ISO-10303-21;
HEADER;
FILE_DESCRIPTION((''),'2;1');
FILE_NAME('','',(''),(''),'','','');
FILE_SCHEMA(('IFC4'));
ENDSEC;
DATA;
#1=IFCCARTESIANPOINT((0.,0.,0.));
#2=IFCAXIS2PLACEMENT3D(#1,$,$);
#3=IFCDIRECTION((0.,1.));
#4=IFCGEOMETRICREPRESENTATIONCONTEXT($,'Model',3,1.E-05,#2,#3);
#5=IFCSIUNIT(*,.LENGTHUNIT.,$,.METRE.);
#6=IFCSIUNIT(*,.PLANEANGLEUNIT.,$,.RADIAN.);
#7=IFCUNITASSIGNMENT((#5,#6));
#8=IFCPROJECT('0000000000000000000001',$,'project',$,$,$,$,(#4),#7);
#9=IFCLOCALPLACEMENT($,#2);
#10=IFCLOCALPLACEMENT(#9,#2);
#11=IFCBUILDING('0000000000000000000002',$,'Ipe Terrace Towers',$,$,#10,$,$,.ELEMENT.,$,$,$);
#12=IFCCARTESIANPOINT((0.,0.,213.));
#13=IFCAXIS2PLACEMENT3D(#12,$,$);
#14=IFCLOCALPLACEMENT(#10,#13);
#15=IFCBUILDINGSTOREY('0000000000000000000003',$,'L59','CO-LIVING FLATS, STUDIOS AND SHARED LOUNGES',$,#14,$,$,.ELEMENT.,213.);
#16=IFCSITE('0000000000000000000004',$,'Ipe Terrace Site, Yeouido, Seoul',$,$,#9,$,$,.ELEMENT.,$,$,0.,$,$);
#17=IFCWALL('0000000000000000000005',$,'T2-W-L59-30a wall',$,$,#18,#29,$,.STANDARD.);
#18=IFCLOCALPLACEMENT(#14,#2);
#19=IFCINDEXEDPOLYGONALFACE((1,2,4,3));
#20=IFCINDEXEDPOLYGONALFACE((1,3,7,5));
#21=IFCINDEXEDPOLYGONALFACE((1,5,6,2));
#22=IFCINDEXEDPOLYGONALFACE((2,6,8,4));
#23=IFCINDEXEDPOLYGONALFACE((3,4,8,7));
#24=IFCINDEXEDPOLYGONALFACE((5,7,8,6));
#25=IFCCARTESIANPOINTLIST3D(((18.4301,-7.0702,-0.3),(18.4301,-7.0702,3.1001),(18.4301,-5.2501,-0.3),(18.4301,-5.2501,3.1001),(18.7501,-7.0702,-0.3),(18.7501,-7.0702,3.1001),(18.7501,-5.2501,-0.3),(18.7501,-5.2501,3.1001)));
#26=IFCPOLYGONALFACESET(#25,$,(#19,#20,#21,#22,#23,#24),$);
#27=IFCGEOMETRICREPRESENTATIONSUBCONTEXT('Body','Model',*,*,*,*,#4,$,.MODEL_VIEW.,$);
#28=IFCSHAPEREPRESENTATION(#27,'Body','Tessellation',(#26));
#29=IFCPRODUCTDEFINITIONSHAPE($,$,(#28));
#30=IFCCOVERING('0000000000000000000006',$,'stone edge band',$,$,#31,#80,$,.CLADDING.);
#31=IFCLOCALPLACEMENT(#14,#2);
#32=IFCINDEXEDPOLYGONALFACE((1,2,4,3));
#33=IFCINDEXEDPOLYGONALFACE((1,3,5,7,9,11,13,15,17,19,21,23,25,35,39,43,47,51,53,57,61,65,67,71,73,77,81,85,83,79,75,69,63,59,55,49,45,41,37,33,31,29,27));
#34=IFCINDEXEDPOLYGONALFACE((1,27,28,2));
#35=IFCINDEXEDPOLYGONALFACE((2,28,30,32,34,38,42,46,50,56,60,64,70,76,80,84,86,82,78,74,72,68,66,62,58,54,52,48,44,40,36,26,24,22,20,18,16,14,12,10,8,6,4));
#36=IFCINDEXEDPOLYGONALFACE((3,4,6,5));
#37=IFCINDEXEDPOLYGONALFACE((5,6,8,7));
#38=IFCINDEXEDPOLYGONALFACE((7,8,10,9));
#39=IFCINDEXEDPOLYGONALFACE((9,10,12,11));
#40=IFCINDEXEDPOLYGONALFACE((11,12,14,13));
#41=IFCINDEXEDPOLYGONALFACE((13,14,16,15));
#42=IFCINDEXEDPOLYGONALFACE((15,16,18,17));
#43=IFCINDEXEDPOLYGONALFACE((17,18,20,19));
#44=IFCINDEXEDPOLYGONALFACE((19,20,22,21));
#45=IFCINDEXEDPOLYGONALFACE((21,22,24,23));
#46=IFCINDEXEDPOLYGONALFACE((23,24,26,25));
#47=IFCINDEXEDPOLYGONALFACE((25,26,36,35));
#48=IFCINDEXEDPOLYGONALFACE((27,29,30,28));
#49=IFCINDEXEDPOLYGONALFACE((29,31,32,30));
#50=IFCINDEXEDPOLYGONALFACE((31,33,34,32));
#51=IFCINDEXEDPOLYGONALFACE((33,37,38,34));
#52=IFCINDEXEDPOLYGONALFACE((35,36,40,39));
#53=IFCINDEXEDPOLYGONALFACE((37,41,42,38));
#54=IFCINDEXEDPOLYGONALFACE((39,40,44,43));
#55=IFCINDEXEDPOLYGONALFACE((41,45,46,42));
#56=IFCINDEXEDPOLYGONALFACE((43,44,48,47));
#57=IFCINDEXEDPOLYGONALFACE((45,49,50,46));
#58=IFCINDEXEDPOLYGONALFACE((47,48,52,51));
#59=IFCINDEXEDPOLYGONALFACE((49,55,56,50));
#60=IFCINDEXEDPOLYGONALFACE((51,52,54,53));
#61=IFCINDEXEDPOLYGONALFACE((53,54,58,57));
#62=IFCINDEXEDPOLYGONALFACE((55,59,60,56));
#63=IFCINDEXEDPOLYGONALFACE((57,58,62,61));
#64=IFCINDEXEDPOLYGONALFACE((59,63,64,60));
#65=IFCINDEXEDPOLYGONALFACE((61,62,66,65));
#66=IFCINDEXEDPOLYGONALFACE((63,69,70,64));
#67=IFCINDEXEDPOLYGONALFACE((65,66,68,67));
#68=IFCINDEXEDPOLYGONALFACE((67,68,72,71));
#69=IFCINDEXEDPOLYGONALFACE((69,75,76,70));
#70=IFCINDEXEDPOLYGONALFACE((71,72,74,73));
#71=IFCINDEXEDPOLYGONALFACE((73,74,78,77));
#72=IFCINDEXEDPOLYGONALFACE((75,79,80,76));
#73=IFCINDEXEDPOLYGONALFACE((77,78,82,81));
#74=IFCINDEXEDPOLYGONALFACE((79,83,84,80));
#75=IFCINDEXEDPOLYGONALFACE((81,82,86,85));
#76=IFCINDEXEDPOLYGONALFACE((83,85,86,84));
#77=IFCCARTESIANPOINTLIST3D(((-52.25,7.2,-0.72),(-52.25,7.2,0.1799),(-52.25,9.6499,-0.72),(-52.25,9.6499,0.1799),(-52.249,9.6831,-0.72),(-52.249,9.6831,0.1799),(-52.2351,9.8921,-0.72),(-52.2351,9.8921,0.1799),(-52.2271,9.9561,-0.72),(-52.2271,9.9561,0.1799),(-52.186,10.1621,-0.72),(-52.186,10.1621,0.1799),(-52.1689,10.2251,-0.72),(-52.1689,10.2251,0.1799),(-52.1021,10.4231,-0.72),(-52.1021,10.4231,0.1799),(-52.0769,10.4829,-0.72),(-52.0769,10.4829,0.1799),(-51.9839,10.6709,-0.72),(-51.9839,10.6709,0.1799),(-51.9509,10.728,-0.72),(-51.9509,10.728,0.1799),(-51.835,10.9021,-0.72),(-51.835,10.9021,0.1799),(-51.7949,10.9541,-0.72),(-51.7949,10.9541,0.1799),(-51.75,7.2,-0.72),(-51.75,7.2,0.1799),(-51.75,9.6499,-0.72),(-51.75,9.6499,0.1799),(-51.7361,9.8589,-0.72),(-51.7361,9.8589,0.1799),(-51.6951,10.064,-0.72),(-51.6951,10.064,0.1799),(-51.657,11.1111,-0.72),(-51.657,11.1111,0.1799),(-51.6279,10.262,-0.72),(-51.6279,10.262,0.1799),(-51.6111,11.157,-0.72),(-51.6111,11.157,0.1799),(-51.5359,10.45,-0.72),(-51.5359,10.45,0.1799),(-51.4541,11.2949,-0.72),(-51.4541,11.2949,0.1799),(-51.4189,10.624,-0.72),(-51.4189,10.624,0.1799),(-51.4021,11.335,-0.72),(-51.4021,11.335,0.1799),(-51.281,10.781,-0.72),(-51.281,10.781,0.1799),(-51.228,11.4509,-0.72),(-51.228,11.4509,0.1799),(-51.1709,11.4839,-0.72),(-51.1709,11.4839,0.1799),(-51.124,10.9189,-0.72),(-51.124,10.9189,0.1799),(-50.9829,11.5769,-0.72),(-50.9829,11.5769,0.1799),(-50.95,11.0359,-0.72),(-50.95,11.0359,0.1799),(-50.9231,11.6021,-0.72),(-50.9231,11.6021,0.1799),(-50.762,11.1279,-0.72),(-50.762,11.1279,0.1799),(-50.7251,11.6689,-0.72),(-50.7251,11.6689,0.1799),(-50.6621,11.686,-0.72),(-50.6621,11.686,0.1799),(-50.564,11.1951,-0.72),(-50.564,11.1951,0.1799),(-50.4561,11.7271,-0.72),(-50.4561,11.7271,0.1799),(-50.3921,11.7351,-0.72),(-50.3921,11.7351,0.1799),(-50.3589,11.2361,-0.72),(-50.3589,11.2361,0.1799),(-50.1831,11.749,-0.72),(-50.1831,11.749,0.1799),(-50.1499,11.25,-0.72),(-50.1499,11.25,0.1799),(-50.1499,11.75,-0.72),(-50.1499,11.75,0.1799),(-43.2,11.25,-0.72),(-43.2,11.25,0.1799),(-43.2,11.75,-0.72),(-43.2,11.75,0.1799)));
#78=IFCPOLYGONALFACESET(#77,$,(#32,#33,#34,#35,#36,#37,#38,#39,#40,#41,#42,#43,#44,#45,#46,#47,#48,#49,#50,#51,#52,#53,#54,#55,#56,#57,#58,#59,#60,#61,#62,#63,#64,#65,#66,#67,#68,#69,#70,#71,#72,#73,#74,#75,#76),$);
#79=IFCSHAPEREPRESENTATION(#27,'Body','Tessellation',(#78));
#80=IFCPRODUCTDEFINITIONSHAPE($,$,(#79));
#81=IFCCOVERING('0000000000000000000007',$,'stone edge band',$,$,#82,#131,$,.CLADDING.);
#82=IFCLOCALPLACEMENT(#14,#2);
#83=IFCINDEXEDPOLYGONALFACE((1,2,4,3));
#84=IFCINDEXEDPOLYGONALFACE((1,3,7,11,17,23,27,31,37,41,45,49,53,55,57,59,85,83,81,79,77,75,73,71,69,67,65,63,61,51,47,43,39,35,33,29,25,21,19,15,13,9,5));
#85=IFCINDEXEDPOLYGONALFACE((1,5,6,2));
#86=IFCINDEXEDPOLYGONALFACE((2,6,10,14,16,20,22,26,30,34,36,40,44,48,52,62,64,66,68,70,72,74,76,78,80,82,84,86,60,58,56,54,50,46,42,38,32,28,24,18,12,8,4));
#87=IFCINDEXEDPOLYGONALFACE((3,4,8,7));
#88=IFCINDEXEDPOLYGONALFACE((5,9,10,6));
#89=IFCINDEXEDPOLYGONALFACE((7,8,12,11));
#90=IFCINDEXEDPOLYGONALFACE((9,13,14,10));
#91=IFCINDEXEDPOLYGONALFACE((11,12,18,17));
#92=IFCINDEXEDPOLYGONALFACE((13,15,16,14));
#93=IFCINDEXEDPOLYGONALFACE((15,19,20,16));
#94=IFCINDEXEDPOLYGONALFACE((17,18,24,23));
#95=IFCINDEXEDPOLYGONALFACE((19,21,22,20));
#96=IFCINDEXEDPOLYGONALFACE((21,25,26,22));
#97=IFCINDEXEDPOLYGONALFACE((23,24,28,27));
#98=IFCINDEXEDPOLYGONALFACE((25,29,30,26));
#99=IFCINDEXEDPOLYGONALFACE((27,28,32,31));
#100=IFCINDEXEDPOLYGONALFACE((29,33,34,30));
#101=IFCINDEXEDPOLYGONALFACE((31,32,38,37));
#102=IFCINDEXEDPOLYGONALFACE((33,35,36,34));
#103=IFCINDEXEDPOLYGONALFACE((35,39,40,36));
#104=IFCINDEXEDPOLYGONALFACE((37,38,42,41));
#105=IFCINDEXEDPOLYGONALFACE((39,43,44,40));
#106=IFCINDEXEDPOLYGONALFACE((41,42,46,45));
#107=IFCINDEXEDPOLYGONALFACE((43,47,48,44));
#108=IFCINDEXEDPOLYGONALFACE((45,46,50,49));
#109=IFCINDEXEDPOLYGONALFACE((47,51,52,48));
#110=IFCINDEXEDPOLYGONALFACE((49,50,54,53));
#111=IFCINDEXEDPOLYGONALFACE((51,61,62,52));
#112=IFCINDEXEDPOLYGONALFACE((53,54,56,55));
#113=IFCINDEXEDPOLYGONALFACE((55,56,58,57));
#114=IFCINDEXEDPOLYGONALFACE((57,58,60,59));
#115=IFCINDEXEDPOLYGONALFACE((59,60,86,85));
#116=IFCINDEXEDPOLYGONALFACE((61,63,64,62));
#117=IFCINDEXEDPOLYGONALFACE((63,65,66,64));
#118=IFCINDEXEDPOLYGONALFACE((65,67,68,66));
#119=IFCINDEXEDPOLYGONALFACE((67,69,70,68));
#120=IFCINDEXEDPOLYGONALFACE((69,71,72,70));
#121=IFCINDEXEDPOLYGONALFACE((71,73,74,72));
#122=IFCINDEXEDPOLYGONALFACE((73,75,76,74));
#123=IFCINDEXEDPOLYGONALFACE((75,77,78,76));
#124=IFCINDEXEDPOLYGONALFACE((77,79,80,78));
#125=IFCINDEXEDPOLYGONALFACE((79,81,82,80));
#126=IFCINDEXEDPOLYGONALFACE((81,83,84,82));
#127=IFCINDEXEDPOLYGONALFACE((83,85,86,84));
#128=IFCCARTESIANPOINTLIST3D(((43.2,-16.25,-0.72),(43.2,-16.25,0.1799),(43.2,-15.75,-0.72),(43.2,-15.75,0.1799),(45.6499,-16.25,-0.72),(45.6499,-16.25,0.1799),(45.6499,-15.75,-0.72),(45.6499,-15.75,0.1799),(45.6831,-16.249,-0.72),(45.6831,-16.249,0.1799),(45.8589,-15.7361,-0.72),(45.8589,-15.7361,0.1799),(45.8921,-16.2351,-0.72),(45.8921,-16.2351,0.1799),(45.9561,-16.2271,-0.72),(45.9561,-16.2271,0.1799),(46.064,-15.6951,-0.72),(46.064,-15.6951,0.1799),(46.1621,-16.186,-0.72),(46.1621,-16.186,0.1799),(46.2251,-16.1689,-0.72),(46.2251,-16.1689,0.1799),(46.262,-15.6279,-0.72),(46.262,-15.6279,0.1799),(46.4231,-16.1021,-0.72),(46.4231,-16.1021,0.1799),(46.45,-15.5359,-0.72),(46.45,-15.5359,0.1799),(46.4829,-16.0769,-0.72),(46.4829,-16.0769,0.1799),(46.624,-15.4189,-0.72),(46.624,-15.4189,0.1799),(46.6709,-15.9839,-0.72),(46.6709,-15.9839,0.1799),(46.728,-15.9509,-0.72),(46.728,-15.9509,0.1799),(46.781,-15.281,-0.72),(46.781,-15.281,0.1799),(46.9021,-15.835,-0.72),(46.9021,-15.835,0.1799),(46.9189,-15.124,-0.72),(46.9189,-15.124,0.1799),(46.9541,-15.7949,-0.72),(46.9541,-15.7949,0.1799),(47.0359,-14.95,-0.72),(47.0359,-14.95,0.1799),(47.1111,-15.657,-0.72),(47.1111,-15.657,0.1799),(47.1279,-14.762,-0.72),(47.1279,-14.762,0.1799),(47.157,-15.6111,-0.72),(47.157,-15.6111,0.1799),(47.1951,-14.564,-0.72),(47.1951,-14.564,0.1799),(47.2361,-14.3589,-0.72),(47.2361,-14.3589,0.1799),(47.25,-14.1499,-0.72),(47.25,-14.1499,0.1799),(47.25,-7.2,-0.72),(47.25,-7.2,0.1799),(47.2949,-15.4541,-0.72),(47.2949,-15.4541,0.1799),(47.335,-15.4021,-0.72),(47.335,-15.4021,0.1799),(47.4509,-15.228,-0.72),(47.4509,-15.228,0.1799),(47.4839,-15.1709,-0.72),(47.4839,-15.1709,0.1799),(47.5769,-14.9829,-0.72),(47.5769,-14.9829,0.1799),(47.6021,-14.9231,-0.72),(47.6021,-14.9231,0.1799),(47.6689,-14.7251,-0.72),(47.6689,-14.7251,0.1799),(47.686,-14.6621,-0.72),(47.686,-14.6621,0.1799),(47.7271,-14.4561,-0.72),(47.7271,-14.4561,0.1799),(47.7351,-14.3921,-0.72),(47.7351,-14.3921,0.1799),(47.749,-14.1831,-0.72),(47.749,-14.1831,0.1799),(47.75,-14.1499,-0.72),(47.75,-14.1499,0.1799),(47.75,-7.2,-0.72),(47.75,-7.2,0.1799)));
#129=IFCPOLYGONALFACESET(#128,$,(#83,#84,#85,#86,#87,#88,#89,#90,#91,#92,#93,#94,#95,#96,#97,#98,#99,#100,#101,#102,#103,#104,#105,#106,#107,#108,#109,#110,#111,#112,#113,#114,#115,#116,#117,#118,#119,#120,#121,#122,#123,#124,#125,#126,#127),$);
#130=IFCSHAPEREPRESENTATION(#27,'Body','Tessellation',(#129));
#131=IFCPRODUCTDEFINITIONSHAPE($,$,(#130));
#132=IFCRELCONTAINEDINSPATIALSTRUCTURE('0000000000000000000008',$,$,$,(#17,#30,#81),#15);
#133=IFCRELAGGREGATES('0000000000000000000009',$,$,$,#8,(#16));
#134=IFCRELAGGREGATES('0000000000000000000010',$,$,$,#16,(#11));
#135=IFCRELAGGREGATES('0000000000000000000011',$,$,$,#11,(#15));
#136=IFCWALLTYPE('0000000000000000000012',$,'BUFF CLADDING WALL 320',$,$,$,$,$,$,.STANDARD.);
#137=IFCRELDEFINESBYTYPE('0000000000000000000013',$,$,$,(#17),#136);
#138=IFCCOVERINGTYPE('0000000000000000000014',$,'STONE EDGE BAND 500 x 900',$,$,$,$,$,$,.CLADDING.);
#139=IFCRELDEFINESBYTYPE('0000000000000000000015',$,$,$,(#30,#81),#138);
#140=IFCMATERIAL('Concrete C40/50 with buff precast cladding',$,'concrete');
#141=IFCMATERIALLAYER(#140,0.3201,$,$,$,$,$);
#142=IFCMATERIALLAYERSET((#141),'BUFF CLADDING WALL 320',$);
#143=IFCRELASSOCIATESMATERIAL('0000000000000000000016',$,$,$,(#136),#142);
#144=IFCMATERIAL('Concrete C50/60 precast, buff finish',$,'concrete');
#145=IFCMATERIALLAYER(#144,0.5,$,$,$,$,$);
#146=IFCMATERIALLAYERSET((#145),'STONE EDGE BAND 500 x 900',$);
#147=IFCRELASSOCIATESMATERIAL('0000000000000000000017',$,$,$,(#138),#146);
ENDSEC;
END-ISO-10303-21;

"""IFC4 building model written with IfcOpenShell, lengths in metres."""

from ifc_helpers import new_model, si_unit, direction, frame, frame_2d, origin, place, context, subcontext, project, spatial, polyline, rectangle, outline, extrude, material, layer, layer_set, type_object, element, save


model = new_model("IFC4")

# Units and contexts
model_context = context("Model", 3, precision=1e-05, world=origin(), true_north=direction((0.0, 1.0)))
body_context = subcontext(model_context, "Body", "Model", "MODEL_VIEW")
ifc_project = project(units=[si_unit("LENGTHUNIT", "METRE"), si_unit("PLANEANGLEUNIT", "RADIAN")], contexts=[model_context])

# Site, building, storey
site_placement = place(None, origin())
site = spatial("IfcSite", under=ifc_project, at=site_placement, Name="Ipe Terrace Site, Yeouido, Seoul", CompositionType="ELEMENT", RefElevation=0.0)
building_placement = place(site_placement, origin())
building = spatial("IfcBuilding", under=site, at=building_placement, Name="Ipe Terrace Towers", CompositionType="ELEMENT")
storey_placement = place(building_placement, frame((0.0, 0.0, 213.0)))
storey = spatial("IfcBuildingStorey", under=building, at=storey_placement, Name="L59", Description="CO-LIVING FLATS, STUDIOS AND SHARED LOUNGES", CompositionType="ELEMENT", Elevation=213.0)

# Wall
ifc_material_1 = material(Name="Concrete C40/50 with buff precast cladding", Category="concrete")
ifc_layer_1 = layer(ifc_material_1, 0.3201)
ifc_layer_set_1 = layer_set([ifc_layer_1], Name="BUFF CLADDING WALL 320")
wall_type = type_object("IfcWallType", Name="BUFF CLADDING WALL 320", PredefinedType="STANDARD", material=ifc_layer_set_1)
wall_1_placement = place(storey_placement, frame((18.5901, -5.25, -0.3), z_axis=(0.0, 0.0, 1.0), x_axis=(0.0, -1.0, 0.0)))
element("IfcWall", 1, at=wall_1_placement, inside=storey, type_object=wall_type, Name="T2-W-L59-30a wall", PredefinedType="STANDARD", context=body_context, shape_type="SweptSolid", body=[
    extrude(rectangle(XDim=1.8201, YDim=0.3201, at=frame_2d((0.9102, 0.0))), origin(), (0.0, 0.0, 1.0), 3.4001),
])

# Coverings
ifc_material_2 = material(Name="Concrete C50/60 precast, buff finish", Category="concrete")
ifc_layer_2 = layer(ifc_material_2, 0.5)
ifc_layer_set_2 = layer_set([ifc_layer_2], Name="STONE EDGE BAND 500 x 900")
covering_type = type_object("IfcCoveringType", Name="STONE EDGE BAND 500 x 900", PredefinedType="CLADDING", material=ifc_layer_set_2)
covering_1_placement = place(storey_placement, frame((0.0, 0.0, -0.72)))
element("IfcCovering", 2, at=covering_1_placement, inside=storey, type_object=covering_type, Name="stone edge band", PredefinedType="CLADDING", context=body_context, shape_type="SweptSolid", body=[
    extrude(outline(polyline([(-50.1499, 11.75), (-50.1831, 11.749), (-50.3921, 11.7351), (-50.4561, 11.7271), (-50.6621, 11.686), (-50.7251, 11.6689), (-50.9231, 11.6021), (-50.9829, 11.5769), (-51.1709, 11.4839), (-51.228, 11.4509), (-51.4021, 11.335), (-51.4541, 11.2949), (-51.6111, 11.157), (-51.657, 11.1111), (-51.7949, 10.9541), (-51.835, 10.9021), (-51.9509, 10.728), (-51.9839, 10.6709), (-52.0769, 10.4829), (-52.1021, 10.4231), (-52.1689, 10.2251), (-52.186, 10.1621), (-52.2271, 9.9561), (-52.2351, 9.8921), (-52.249, 9.6831), (-52.25, 9.6499), (-52.25, 7.2), (-51.75, 7.2), (-51.75, 9.6499), (-51.7361, 9.8589), (-51.6951, 10.064), (-51.6279, 10.262), (-51.5359, 10.45), (-51.4189, 10.624), (-51.281, 10.781), (-51.124, 10.9189), (-50.95, 11.0359), (-50.762, 11.1279), (-50.564, 11.1951), (-50.3589, 11.2361), (-50.1499, 11.25), (-43.2, 11.25), (-43.2, 11.75), (-50.1499, 11.75)])), origin(), (0.0, 0.0, 1.0), 0.8999),
])
covering_2_placement = place(storey_placement, frame((0.0, 0.0, -0.72)))
element("IfcCovering", 3, at=covering_2_placement, inside=storey, type_object=covering_type, Name="stone edge band", PredefinedType="CLADDING", context=body_context, shape_type="SweptSolid", body=[
    extrude(outline(polyline([(47.75, -14.1499), (47.75, -7.2), (47.25, -7.2), (47.25, -14.1499), (47.2361, -14.3589), (47.1951, -14.564), (47.1279, -14.762), (47.0359, -14.95), (46.9189, -15.124), (46.781, -15.281), (46.624, -15.4189), (46.45, -15.5359), (46.262, -15.6279), (46.064, -15.6951), (45.8589, -15.7361), (45.6499, -15.75), (43.2, -15.75), (43.2, -16.25), (45.6499, -16.25), (45.6831, -16.249), (45.8921, -16.2351), (45.9561, -16.2271), (46.1621, -16.186), (46.2251, -16.1689), (46.4231, -16.1021), (46.4829, -16.0769), (46.6709, -15.9839), (46.728, -15.9509), (46.9021, -15.835), (46.9541, -15.7949), (47.1111, -15.657), (47.157, -15.6111), (47.2949, -15.4541), (47.335, -15.4021), (47.4509, -15.228), (47.4839, -15.1709), (47.5769, -14.9829), (47.6021, -14.9231), (47.6689, -14.7251), (47.686, -14.6621), (47.7271, -14.4561), (47.7351, -14.3921), (47.749, -14.1831), (47.75, -14.1499)])), origin(), (0.0, 0.0, 1.0), 0.8999),
])

save(model, "model.ifc")
